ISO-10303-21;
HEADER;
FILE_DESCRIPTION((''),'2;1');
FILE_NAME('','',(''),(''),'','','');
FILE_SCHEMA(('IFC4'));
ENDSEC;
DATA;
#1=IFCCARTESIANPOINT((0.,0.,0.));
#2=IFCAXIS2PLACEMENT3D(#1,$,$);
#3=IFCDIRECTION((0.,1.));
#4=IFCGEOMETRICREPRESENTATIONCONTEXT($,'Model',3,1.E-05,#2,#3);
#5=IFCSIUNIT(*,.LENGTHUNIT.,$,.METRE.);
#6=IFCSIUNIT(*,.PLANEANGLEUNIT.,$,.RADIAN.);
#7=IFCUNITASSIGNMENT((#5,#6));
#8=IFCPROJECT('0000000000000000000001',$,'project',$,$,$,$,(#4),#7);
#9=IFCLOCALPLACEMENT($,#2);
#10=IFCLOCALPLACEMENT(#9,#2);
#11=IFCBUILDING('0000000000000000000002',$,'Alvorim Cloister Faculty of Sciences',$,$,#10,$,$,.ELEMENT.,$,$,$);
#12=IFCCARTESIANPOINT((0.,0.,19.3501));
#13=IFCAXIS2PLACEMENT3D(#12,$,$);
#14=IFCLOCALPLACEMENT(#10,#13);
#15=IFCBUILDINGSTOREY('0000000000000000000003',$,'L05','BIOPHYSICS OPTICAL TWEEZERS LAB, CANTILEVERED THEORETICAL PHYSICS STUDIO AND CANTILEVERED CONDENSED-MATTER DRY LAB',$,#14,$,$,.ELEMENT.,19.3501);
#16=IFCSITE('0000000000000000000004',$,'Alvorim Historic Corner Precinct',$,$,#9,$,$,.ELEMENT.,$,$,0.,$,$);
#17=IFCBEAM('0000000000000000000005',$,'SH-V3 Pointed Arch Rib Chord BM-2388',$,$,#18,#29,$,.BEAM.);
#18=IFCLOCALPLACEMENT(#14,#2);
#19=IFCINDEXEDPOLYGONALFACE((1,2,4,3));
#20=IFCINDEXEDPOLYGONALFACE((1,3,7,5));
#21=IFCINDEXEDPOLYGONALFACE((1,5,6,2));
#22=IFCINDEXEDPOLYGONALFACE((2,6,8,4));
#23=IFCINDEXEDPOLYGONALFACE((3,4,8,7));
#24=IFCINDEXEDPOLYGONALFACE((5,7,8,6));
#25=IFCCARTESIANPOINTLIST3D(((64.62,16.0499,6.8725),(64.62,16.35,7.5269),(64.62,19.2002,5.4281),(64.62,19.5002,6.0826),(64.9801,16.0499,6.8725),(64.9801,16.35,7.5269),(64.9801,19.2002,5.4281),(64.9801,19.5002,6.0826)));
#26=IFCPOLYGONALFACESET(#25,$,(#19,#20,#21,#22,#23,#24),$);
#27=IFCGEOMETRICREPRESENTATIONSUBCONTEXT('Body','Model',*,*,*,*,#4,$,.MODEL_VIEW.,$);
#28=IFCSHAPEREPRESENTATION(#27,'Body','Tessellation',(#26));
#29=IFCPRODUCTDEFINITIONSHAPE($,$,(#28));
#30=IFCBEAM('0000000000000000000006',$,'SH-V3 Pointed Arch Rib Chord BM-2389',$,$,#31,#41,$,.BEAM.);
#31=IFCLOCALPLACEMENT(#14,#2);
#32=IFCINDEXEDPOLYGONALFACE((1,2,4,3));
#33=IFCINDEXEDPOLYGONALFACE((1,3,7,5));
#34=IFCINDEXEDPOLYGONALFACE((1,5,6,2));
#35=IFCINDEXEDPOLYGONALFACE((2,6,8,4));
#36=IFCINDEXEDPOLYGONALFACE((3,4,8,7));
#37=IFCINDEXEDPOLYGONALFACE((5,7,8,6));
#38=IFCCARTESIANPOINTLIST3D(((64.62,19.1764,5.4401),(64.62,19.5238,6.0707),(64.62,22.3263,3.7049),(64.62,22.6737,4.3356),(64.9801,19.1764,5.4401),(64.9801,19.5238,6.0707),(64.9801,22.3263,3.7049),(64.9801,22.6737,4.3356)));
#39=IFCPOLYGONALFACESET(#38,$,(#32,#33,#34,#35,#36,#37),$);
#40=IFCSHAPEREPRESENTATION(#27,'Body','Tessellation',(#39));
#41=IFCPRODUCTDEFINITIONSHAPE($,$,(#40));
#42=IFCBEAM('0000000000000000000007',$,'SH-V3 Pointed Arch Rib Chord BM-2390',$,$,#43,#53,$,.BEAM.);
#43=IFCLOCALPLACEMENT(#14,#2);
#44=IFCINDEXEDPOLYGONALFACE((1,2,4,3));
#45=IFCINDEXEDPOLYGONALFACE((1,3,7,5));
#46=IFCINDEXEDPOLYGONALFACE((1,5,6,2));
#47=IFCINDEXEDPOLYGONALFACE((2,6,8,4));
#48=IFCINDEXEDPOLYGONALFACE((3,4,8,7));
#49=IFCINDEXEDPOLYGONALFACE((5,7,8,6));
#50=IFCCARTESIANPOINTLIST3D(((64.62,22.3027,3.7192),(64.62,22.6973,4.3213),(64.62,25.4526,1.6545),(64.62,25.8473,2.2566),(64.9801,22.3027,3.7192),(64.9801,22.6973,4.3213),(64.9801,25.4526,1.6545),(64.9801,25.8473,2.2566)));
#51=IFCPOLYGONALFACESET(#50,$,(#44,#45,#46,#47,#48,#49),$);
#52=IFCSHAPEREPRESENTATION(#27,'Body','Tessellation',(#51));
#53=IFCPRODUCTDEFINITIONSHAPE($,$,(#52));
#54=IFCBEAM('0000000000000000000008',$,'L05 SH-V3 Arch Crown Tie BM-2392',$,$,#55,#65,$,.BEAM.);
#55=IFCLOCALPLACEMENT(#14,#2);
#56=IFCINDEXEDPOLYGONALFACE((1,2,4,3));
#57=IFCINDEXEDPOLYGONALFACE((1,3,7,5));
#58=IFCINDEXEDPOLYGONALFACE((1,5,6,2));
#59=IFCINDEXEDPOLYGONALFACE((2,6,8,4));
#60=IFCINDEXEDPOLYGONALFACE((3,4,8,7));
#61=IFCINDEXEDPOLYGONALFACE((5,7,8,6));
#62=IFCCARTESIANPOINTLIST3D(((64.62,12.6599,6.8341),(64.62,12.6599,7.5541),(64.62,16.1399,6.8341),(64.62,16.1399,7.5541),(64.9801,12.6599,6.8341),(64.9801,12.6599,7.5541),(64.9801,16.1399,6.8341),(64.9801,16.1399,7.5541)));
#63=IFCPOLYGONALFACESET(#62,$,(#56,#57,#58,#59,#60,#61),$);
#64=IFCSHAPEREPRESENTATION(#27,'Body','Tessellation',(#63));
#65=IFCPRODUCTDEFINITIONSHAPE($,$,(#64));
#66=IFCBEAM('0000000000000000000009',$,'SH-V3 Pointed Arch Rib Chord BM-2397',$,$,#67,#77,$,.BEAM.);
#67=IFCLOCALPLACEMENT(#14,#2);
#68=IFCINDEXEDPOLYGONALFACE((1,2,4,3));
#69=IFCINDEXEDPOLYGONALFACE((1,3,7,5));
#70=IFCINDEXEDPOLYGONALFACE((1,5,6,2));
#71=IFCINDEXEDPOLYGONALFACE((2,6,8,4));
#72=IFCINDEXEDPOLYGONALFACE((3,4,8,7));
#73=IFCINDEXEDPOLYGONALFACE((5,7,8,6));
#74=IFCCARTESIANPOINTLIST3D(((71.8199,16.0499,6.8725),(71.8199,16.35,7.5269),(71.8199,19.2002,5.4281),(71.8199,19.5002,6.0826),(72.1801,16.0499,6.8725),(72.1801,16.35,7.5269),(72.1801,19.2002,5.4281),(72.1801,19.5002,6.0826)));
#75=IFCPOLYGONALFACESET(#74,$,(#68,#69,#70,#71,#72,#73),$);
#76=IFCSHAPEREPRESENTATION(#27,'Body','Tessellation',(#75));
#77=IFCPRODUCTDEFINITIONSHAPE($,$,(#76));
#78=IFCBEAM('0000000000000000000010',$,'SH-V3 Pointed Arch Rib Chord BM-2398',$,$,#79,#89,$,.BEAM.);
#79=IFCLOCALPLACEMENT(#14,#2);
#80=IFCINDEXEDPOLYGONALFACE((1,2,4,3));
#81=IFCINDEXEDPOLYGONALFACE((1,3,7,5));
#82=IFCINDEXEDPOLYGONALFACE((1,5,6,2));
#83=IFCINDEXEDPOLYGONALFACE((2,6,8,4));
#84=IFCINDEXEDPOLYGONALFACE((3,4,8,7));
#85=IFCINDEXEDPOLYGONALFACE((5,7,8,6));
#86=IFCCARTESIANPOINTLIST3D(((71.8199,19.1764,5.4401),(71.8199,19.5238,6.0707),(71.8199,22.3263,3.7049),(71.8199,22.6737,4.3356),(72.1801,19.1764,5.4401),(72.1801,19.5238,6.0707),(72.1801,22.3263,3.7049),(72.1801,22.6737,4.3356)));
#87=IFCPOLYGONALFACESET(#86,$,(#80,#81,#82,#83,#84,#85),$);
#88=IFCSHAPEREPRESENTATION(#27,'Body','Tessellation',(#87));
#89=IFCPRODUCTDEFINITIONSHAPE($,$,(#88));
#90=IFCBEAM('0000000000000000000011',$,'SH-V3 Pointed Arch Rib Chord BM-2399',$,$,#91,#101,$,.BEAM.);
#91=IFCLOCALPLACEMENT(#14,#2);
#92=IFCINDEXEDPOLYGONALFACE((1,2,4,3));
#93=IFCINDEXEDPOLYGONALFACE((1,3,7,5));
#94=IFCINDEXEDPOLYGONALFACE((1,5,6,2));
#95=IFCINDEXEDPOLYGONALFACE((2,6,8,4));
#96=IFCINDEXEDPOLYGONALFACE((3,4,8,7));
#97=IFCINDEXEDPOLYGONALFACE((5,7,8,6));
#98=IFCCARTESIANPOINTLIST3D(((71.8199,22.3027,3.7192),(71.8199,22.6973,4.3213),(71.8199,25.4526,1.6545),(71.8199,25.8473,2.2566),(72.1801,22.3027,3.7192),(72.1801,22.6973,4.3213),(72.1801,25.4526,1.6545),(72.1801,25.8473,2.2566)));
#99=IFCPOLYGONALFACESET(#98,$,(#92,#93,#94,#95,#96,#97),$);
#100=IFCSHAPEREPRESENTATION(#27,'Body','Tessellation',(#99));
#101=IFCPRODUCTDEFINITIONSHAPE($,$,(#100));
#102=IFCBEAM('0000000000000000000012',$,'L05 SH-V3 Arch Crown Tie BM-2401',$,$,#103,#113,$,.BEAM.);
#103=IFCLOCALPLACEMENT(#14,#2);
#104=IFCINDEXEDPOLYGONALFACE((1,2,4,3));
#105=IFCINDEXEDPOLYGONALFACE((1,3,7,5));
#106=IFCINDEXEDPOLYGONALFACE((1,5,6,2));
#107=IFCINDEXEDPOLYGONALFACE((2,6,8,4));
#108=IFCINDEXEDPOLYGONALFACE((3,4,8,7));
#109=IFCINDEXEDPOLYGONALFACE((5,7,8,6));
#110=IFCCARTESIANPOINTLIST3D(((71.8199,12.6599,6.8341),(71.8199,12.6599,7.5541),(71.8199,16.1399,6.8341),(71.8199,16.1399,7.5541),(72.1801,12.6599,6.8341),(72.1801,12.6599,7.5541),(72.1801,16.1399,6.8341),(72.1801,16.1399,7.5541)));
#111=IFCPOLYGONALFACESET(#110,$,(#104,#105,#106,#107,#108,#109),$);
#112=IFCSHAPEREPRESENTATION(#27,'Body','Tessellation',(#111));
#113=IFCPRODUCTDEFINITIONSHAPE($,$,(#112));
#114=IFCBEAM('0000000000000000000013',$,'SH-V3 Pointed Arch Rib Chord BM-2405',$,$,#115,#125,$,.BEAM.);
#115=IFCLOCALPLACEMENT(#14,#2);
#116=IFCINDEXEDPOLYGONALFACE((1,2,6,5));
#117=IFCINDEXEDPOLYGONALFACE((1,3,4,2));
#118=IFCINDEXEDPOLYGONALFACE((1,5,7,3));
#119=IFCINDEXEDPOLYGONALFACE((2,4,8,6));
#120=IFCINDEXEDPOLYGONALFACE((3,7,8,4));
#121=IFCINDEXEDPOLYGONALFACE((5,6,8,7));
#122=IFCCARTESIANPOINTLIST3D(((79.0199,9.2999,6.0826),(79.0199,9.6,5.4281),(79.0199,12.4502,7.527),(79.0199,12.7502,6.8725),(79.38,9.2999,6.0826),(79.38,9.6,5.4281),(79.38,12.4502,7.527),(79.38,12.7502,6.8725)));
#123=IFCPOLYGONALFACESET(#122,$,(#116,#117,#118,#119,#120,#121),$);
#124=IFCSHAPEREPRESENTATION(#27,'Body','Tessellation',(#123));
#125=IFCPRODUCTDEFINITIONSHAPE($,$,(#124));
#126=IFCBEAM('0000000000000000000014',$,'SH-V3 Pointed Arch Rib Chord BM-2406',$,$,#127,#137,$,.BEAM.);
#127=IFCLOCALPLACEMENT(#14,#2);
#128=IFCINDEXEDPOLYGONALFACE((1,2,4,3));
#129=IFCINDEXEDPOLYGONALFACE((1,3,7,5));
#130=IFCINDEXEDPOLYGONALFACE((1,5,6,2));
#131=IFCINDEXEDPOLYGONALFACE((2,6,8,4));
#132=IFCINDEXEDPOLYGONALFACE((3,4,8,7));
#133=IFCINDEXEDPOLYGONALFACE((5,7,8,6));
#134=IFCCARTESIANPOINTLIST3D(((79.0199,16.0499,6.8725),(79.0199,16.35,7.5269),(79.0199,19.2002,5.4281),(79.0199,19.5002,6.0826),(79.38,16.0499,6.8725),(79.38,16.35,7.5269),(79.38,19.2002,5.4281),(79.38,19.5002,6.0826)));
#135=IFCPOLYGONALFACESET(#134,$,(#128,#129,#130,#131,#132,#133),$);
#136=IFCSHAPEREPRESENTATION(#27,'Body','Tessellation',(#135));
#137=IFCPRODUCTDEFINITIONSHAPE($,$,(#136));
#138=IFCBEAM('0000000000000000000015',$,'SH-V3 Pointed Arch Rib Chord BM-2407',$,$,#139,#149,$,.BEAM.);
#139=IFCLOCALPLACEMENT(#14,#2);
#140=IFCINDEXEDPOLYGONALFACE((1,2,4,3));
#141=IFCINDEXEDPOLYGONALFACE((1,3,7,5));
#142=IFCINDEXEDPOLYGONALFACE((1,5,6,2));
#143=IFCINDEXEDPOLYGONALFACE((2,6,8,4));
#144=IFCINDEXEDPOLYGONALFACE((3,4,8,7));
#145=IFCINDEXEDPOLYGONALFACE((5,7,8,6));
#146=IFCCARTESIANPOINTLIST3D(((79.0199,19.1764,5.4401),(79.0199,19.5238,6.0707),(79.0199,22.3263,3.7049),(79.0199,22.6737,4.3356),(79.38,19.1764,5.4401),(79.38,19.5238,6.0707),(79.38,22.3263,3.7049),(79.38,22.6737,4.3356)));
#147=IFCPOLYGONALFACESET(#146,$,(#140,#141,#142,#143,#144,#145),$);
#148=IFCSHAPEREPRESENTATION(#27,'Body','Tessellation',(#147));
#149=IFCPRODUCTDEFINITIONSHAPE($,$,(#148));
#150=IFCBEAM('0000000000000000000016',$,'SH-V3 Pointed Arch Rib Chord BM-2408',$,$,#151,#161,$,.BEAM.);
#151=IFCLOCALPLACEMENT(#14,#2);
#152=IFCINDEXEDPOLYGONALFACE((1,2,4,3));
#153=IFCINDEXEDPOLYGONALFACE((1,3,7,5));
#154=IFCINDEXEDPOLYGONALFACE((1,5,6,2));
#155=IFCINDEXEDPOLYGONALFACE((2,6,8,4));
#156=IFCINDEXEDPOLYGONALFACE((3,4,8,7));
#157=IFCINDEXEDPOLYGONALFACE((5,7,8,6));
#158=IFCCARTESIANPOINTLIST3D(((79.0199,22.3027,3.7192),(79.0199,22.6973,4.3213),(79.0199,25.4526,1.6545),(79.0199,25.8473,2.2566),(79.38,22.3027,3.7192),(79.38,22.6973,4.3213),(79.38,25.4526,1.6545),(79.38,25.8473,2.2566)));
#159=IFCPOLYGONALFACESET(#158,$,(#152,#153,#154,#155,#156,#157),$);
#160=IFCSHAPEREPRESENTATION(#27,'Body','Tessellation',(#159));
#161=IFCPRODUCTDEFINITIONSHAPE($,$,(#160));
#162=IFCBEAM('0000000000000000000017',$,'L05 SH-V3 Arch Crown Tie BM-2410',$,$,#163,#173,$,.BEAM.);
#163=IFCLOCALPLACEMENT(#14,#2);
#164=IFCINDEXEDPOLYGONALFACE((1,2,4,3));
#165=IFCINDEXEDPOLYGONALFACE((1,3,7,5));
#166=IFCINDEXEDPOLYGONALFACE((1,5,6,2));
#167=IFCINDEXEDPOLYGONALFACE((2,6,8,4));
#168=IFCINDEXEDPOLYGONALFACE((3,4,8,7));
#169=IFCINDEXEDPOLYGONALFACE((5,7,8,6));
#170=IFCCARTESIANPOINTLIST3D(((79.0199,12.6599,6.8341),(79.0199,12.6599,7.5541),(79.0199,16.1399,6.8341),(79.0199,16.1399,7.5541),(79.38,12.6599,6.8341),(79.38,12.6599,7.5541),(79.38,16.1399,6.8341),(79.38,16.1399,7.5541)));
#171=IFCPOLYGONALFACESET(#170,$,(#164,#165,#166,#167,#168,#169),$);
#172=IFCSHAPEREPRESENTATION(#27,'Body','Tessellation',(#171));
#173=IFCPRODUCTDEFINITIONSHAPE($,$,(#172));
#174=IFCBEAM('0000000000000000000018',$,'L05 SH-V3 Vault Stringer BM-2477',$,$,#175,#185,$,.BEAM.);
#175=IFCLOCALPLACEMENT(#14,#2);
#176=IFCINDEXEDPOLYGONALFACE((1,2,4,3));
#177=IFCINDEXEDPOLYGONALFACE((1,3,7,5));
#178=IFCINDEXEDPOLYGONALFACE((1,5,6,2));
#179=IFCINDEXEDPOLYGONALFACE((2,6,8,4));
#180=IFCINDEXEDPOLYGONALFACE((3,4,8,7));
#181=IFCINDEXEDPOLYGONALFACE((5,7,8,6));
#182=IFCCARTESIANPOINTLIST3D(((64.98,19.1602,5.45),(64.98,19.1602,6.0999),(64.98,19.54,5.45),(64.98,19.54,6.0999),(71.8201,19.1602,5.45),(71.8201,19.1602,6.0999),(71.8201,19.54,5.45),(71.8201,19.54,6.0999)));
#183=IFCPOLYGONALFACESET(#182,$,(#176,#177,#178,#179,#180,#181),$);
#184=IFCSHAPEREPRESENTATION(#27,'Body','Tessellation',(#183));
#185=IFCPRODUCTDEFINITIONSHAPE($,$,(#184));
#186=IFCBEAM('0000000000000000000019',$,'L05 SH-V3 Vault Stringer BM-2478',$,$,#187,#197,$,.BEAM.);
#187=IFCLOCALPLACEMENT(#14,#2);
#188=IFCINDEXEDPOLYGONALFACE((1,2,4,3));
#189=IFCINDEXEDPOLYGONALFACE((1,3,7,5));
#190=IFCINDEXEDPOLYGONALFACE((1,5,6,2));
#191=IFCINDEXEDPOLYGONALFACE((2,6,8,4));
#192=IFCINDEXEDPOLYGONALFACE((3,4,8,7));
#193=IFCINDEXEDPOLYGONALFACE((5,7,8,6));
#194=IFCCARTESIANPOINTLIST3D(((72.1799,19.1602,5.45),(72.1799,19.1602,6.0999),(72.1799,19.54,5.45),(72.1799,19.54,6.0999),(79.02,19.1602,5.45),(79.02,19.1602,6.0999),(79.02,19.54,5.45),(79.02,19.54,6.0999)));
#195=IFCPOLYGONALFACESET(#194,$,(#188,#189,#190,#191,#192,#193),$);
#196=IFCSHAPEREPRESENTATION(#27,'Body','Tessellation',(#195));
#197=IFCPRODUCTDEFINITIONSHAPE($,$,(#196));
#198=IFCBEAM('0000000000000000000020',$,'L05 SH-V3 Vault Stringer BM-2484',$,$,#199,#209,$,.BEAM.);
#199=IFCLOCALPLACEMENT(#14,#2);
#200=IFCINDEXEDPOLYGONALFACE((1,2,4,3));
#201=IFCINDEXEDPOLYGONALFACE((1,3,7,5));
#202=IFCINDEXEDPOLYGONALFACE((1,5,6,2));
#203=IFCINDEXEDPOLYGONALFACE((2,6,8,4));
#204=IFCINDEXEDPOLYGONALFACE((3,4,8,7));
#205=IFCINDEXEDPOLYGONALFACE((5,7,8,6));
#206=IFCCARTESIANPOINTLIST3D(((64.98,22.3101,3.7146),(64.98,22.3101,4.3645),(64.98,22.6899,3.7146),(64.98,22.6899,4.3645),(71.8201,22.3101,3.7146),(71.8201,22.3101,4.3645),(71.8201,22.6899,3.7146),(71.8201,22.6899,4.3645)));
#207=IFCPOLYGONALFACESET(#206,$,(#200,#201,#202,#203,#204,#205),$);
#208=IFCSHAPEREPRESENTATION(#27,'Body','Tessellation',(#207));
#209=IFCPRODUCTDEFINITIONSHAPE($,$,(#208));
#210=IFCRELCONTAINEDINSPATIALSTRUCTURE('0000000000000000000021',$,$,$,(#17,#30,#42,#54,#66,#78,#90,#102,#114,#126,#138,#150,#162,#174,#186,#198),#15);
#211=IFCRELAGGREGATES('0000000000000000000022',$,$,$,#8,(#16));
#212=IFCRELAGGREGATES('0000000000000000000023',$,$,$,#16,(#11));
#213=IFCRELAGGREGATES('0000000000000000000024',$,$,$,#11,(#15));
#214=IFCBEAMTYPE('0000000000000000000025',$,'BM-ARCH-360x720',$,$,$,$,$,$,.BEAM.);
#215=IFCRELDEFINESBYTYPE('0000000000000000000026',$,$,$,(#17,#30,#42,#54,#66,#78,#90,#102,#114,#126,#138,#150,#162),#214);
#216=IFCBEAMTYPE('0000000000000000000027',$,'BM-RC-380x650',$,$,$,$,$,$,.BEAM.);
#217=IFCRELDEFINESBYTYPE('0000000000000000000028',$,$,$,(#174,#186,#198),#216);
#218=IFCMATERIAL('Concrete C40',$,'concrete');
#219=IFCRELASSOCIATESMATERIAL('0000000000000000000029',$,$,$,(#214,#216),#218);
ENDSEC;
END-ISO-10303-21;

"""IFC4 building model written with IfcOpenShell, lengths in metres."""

from ifc_helpers import new_model, si_unit, direction, frame, origin, origin_2d, place, context, subcontext, project, spatial, rectangle, extrude, material, material_profile, profile_set, type_object, element, save


model = new_model("IFC4")

# Units and contexts
model_context = context("Model", 3, precision=1e-05, world=origin(), true_north=direction((0.0, 1.0)))
body_context = subcontext(model_context, "Body", "Model", "MODEL_VIEW")
ifc_project = project(units=[si_unit("LENGTHUNIT", "METRE"), si_unit("PLANEANGLEUNIT", "RADIAN")], contexts=[model_context])

# Site, building, storey
site_placement = place(None, origin())
site = spatial("IfcSite", under=ifc_project, at=site_placement, Name="Alvorim Historic Corner Precinct", CompositionType="ELEMENT", RefElevation=0.0)
building_placement = place(site_placement, origin())
building = spatial("IfcBuilding", under=site, at=building_placement, Name="Alvorim Cloister Faculty of Sciences", CompositionType="ELEMENT")
storey_placement = place(building_placement, frame((0.0, 0.0, 19.3501)))
storey = spatial("IfcBuildingStorey", under=building, at=storey_placement, Name="L05", Description="BIOPHYSICS OPTICAL TWEEZERS LAB, CANTILEVERED THEORETICAL PHYSICS STUDIO AND CANTILEVERED CONDENSED-MATTER DRY LAB", CompositionType="ELEMENT", Elevation=19.3501)

# Beams
ifc_material = material(Name="Concrete C40", Category="concrete")
ifc_material_profile_1 = material_profile(ifc_material, rectangle(XDim=0.3601, YDim=0.72, at=origin_2d()), Name="RC40-ARCH-360x720")
ifc_profile_set_1 = profile_set([ifc_material_profile_1], Name="Concrete C40")
beam_type_1 = type_object("IfcBeamType", Name="BM-ARCH-360x720", PredefinedType="BEAM", material=ifc_profile_set_1)
beam_1_placement = place(storey_placement, frame((64.8, 16.2, 7.1997), z_axis=(0.0, 0.909008, -0.416778), x_axis=(-1.0, 0.0, 0.0)))
element("IfcBeam", 1, at=beam_1_placement, inside=storey, type_object=beam_type_1, Name="SH-V3 Pointed Arch Rib Chord BM-2388", PredefinedType="BEAM", context=body_context, shape_type="SweptSolid", body=[
    extrude(rectangle(XDim=0.3601, YDim=0.72, at=origin_2d()), origin(), (0.0, 0.0, 1.0), 3.4656),
])
beam_2_placement = place(storey_placement, frame((64.8, 19.3501, 5.7554), z_axis=(0.0, 0.875903, -0.482487), x_axis=(-1.0, 0.0, 0.0)))
element("IfcBeam", 2, at=beam_2_placement, inside=storey, type_object=beam_type_1, Name="SH-V3 Pointed Arch Rib Chord BM-2389", PredefinedType="BEAM", context=body_context, shape_type="SweptSolid", body=[
    extrude(rectangle(XDim=0.3601, YDim=0.72, at=origin_2d()), origin(), (0.0, 0.0, 1.0), 3.5962),
])
beam_3_placement = place(storey_placement, frame((64.8, 22.5, 4.0203), z_axis=(0.0, 0.836343, -0.548206), x_axis=(-1.0, 0.0, 0.0)))
element("IfcBeam", 3, at=beam_3_placement, inside=storey, type_object=beam_type_1, Name="SH-V3 Pointed Arch Rib Chord BM-2390", PredefinedType="BEAM", context=body_context, shape_type="SweptSolid", body=[
    extrude(rectangle(XDim=0.3601, YDim=0.72, at=origin_2d()), origin(), (0.0, 0.0, 1.0), 3.7664),
])
beam_4_placement = place(storey_placement, frame((64.8, 12.6599, 7.1941), z_axis=(0.0, 1.0, 0.0), x_axis=(-1.0, 0.0, 0.0)))
element("IfcBeam", 4, at=beam_4_placement, inside=storey, type_object=beam_type_1, Name="L05 SH-V3 Arch Crown Tie BM-2392", PredefinedType="BEAM", context=body_context, shape_type="SweptSolid", body=[
    extrude(rectangle(XDim=0.3601, YDim=0.72, at=origin_2d()), origin(), (0.0, 0.0, 1.0), 3.48),
])
beam_5_placement = place(storey_placement, frame((72.0, 16.2, 7.1997), z_axis=(0.0, 0.909008, -0.416778), x_axis=(-1.0, 0.0, 0.0)))
element("IfcBeam", 5, at=beam_5_placement, inside=storey, type_object=beam_type_1, Name="SH-V3 Pointed Arch Rib Chord BM-2397", PredefinedType="BEAM", context=body_context, shape_type="SweptSolid", body=[
    extrude(rectangle(XDim=0.3601, YDim=0.72, at=origin_2d()), origin(), (0.0, 0.0, 1.0), 3.4656),
])
beam_6_placement = place(storey_placement, frame((72.0, 19.3501, 5.7554), z_axis=(0.0, 0.875903, -0.482487), x_axis=(-1.0, 0.0, 0.0)))
element("IfcBeam", 6, at=beam_6_placement, inside=storey, type_object=beam_type_1, Name="SH-V3 Pointed Arch Rib Chord BM-2398", PredefinedType="BEAM", context=body_context, shape_type="SweptSolid", body=[
    extrude(rectangle(XDim=0.3601, YDim=0.72, at=origin_2d()), origin(), (0.0, 0.0, 1.0), 3.5962),
])
beam_7_placement = place(storey_placement, frame((72.0, 22.5, 4.0203), z_axis=(0.0, 0.836343, -0.548206), x_axis=(-1.0, 0.0, 0.0)))
element("IfcBeam", 7, at=beam_7_placement, inside=storey, type_object=beam_type_1, Name="SH-V3 Pointed Arch Rib Chord BM-2399", PredefinedType="BEAM", context=body_context, shape_type="SweptSolid", body=[
    extrude(rectangle(XDim=0.3601, YDim=0.72, at=origin_2d()), origin(), (0.0, 0.0, 1.0), 3.7664),
])
beam_8_placement = place(storey_placement, frame((72.0, 12.6599, 7.1941), z_axis=(0.0, 1.0, 0.0), x_axis=(-1.0, 0.0, 0.0)))
element("IfcBeam", 8, at=beam_8_placement, inside=storey, type_object=beam_type_1, Name="L05 SH-V3 Arch Crown Tie BM-2401", PredefinedType="BEAM", context=body_context, shape_type="SweptSolid", body=[
    extrude(rectangle(XDim=0.3601, YDim=0.72, at=origin_2d()), origin(), (0.0, 0.0, 1.0), 3.48),
])
for number, where, z_axis, x_axis, name in (
    (9, (79.2, 9.45, 5.7554), (0.0, 0.909008, 0.416778), (-1.0, 0.0, 0.0), "SH-V3 Pointed Arch Rib Chord BM-2405"),
    (10, (79.2, 16.2, 7.1997), (0.0, 0.909008, -0.416778), (-1.0, 0.0, 0.0), "SH-V3 Pointed Arch Rib Chord BM-2406"),
):
    element("IfcBeam", number, at=place(storey_placement, frame(where, z_axis=z_axis, x_axis=x_axis)), inside=storey, type_object=beam_type_1, Name=name, PredefinedType="BEAM", context=body_context, shape_type="SweptSolid", body=[
        extrude(rectangle(XDim=0.3601, YDim=0.72, at=origin_2d()), origin(), (0.0, 0.0, 1.0), 3.4656),
    ])
beam_9_placement = place(storey_placement, frame((79.2, 19.3501, 5.7554), z_axis=(0.0, 0.875903, -0.482487), x_axis=(-1.0, 0.0, 0.0)))
element("IfcBeam", 11, at=beam_9_placement, inside=storey, type_object=beam_type_1, Name="SH-V3 Pointed Arch Rib Chord BM-2407", PredefinedType="BEAM", context=body_context, shape_type="SweptSolid", body=[
    extrude(rectangle(XDim=0.3601, YDim=0.72, at=origin_2d()), origin(), (0.0, 0.0, 1.0), 3.5962),
])
beam_10_placement = place(storey_placement, frame((79.2, 22.5, 4.0203), z_axis=(0.0, 0.836343, -0.548206), x_axis=(-1.0, 0.0, 0.0)))
element("IfcBeam", 12, at=beam_10_placement, inside=storey, type_object=beam_type_1, Name="SH-V3 Pointed Arch Rib Chord BM-2408", PredefinedType="BEAM", context=body_context, shape_type="SweptSolid", body=[
    extrude(rectangle(XDim=0.3601, YDim=0.72, at=origin_2d()), origin(), (0.0, 0.0, 1.0), 3.7664),
])
beam_11_placement = place(storey_placement, frame((79.2, 12.6599, 7.1941), z_axis=(0.0, 1.0, 0.0), x_axis=(-1.0, 0.0, 0.0)))
element("IfcBeam", 13, at=beam_11_placement, inside=storey, type_object=beam_type_1, Name="L05 SH-V3 Arch Crown Tie BM-2410", PredefinedType="BEAM", context=body_context, shape_type="SweptSolid", body=[
    extrude(rectangle(XDim=0.3601, YDim=0.72, at=origin_2d()), origin(), (0.0, 0.0, 1.0), 3.48),
])
ifc_material_profile_2 = material_profile(ifc_material, rectangle(XDim=0.3799, YDim=0.6499, at=origin_2d()), Name="RC40-BM-380x650")
ifc_profile_set_2 = profile_set([ifc_material_profile_2], Name="Concrete C40")
beam_type_2 = type_object("IfcBeamType", Name="BM-RC-380x650", PredefinedType="BEAM", material=ifc_profile_set_2)
for number, where, z_axis, x_axis, name in (
    (14, (64.98, 19.3501, 5.7749), (1.0, 0.0, 0.0), (0.0, 1.0, 0.0), "L05 SH-V3 Vault Stringer BM-2477"),
    (15, (72.1799, 19.3501, 5.7749), (1.0, 0.0, 0.0), (0.0, 1.0, 0.0), "L05 SH-V3 Vault Stringer BM-2478"),
    (16, (64.98, 22.5, 4.0396), (1.0, 0.0, 0.0), (0.0, 1.0, 0.0), "L05 SH-V3 Vault Stringer BM-2484"),
):
    element("IfcBeam", number, at=place(storey_placement, frame(where, z_axis=z_axis, x_axis=x_axis)), inside=storey, type_object=beam_type_2, Name=name, PredefinedType="BEAM", context=body_context, shape_type="SweptSolid", body=[
        extrude(rectangle(XDim=0.3799, YDim=0.6499, at=origin_2d()), origin(), (0.0, 0.0, 1.0), 6.8401),
    ])

save(model, "model.ifc")
